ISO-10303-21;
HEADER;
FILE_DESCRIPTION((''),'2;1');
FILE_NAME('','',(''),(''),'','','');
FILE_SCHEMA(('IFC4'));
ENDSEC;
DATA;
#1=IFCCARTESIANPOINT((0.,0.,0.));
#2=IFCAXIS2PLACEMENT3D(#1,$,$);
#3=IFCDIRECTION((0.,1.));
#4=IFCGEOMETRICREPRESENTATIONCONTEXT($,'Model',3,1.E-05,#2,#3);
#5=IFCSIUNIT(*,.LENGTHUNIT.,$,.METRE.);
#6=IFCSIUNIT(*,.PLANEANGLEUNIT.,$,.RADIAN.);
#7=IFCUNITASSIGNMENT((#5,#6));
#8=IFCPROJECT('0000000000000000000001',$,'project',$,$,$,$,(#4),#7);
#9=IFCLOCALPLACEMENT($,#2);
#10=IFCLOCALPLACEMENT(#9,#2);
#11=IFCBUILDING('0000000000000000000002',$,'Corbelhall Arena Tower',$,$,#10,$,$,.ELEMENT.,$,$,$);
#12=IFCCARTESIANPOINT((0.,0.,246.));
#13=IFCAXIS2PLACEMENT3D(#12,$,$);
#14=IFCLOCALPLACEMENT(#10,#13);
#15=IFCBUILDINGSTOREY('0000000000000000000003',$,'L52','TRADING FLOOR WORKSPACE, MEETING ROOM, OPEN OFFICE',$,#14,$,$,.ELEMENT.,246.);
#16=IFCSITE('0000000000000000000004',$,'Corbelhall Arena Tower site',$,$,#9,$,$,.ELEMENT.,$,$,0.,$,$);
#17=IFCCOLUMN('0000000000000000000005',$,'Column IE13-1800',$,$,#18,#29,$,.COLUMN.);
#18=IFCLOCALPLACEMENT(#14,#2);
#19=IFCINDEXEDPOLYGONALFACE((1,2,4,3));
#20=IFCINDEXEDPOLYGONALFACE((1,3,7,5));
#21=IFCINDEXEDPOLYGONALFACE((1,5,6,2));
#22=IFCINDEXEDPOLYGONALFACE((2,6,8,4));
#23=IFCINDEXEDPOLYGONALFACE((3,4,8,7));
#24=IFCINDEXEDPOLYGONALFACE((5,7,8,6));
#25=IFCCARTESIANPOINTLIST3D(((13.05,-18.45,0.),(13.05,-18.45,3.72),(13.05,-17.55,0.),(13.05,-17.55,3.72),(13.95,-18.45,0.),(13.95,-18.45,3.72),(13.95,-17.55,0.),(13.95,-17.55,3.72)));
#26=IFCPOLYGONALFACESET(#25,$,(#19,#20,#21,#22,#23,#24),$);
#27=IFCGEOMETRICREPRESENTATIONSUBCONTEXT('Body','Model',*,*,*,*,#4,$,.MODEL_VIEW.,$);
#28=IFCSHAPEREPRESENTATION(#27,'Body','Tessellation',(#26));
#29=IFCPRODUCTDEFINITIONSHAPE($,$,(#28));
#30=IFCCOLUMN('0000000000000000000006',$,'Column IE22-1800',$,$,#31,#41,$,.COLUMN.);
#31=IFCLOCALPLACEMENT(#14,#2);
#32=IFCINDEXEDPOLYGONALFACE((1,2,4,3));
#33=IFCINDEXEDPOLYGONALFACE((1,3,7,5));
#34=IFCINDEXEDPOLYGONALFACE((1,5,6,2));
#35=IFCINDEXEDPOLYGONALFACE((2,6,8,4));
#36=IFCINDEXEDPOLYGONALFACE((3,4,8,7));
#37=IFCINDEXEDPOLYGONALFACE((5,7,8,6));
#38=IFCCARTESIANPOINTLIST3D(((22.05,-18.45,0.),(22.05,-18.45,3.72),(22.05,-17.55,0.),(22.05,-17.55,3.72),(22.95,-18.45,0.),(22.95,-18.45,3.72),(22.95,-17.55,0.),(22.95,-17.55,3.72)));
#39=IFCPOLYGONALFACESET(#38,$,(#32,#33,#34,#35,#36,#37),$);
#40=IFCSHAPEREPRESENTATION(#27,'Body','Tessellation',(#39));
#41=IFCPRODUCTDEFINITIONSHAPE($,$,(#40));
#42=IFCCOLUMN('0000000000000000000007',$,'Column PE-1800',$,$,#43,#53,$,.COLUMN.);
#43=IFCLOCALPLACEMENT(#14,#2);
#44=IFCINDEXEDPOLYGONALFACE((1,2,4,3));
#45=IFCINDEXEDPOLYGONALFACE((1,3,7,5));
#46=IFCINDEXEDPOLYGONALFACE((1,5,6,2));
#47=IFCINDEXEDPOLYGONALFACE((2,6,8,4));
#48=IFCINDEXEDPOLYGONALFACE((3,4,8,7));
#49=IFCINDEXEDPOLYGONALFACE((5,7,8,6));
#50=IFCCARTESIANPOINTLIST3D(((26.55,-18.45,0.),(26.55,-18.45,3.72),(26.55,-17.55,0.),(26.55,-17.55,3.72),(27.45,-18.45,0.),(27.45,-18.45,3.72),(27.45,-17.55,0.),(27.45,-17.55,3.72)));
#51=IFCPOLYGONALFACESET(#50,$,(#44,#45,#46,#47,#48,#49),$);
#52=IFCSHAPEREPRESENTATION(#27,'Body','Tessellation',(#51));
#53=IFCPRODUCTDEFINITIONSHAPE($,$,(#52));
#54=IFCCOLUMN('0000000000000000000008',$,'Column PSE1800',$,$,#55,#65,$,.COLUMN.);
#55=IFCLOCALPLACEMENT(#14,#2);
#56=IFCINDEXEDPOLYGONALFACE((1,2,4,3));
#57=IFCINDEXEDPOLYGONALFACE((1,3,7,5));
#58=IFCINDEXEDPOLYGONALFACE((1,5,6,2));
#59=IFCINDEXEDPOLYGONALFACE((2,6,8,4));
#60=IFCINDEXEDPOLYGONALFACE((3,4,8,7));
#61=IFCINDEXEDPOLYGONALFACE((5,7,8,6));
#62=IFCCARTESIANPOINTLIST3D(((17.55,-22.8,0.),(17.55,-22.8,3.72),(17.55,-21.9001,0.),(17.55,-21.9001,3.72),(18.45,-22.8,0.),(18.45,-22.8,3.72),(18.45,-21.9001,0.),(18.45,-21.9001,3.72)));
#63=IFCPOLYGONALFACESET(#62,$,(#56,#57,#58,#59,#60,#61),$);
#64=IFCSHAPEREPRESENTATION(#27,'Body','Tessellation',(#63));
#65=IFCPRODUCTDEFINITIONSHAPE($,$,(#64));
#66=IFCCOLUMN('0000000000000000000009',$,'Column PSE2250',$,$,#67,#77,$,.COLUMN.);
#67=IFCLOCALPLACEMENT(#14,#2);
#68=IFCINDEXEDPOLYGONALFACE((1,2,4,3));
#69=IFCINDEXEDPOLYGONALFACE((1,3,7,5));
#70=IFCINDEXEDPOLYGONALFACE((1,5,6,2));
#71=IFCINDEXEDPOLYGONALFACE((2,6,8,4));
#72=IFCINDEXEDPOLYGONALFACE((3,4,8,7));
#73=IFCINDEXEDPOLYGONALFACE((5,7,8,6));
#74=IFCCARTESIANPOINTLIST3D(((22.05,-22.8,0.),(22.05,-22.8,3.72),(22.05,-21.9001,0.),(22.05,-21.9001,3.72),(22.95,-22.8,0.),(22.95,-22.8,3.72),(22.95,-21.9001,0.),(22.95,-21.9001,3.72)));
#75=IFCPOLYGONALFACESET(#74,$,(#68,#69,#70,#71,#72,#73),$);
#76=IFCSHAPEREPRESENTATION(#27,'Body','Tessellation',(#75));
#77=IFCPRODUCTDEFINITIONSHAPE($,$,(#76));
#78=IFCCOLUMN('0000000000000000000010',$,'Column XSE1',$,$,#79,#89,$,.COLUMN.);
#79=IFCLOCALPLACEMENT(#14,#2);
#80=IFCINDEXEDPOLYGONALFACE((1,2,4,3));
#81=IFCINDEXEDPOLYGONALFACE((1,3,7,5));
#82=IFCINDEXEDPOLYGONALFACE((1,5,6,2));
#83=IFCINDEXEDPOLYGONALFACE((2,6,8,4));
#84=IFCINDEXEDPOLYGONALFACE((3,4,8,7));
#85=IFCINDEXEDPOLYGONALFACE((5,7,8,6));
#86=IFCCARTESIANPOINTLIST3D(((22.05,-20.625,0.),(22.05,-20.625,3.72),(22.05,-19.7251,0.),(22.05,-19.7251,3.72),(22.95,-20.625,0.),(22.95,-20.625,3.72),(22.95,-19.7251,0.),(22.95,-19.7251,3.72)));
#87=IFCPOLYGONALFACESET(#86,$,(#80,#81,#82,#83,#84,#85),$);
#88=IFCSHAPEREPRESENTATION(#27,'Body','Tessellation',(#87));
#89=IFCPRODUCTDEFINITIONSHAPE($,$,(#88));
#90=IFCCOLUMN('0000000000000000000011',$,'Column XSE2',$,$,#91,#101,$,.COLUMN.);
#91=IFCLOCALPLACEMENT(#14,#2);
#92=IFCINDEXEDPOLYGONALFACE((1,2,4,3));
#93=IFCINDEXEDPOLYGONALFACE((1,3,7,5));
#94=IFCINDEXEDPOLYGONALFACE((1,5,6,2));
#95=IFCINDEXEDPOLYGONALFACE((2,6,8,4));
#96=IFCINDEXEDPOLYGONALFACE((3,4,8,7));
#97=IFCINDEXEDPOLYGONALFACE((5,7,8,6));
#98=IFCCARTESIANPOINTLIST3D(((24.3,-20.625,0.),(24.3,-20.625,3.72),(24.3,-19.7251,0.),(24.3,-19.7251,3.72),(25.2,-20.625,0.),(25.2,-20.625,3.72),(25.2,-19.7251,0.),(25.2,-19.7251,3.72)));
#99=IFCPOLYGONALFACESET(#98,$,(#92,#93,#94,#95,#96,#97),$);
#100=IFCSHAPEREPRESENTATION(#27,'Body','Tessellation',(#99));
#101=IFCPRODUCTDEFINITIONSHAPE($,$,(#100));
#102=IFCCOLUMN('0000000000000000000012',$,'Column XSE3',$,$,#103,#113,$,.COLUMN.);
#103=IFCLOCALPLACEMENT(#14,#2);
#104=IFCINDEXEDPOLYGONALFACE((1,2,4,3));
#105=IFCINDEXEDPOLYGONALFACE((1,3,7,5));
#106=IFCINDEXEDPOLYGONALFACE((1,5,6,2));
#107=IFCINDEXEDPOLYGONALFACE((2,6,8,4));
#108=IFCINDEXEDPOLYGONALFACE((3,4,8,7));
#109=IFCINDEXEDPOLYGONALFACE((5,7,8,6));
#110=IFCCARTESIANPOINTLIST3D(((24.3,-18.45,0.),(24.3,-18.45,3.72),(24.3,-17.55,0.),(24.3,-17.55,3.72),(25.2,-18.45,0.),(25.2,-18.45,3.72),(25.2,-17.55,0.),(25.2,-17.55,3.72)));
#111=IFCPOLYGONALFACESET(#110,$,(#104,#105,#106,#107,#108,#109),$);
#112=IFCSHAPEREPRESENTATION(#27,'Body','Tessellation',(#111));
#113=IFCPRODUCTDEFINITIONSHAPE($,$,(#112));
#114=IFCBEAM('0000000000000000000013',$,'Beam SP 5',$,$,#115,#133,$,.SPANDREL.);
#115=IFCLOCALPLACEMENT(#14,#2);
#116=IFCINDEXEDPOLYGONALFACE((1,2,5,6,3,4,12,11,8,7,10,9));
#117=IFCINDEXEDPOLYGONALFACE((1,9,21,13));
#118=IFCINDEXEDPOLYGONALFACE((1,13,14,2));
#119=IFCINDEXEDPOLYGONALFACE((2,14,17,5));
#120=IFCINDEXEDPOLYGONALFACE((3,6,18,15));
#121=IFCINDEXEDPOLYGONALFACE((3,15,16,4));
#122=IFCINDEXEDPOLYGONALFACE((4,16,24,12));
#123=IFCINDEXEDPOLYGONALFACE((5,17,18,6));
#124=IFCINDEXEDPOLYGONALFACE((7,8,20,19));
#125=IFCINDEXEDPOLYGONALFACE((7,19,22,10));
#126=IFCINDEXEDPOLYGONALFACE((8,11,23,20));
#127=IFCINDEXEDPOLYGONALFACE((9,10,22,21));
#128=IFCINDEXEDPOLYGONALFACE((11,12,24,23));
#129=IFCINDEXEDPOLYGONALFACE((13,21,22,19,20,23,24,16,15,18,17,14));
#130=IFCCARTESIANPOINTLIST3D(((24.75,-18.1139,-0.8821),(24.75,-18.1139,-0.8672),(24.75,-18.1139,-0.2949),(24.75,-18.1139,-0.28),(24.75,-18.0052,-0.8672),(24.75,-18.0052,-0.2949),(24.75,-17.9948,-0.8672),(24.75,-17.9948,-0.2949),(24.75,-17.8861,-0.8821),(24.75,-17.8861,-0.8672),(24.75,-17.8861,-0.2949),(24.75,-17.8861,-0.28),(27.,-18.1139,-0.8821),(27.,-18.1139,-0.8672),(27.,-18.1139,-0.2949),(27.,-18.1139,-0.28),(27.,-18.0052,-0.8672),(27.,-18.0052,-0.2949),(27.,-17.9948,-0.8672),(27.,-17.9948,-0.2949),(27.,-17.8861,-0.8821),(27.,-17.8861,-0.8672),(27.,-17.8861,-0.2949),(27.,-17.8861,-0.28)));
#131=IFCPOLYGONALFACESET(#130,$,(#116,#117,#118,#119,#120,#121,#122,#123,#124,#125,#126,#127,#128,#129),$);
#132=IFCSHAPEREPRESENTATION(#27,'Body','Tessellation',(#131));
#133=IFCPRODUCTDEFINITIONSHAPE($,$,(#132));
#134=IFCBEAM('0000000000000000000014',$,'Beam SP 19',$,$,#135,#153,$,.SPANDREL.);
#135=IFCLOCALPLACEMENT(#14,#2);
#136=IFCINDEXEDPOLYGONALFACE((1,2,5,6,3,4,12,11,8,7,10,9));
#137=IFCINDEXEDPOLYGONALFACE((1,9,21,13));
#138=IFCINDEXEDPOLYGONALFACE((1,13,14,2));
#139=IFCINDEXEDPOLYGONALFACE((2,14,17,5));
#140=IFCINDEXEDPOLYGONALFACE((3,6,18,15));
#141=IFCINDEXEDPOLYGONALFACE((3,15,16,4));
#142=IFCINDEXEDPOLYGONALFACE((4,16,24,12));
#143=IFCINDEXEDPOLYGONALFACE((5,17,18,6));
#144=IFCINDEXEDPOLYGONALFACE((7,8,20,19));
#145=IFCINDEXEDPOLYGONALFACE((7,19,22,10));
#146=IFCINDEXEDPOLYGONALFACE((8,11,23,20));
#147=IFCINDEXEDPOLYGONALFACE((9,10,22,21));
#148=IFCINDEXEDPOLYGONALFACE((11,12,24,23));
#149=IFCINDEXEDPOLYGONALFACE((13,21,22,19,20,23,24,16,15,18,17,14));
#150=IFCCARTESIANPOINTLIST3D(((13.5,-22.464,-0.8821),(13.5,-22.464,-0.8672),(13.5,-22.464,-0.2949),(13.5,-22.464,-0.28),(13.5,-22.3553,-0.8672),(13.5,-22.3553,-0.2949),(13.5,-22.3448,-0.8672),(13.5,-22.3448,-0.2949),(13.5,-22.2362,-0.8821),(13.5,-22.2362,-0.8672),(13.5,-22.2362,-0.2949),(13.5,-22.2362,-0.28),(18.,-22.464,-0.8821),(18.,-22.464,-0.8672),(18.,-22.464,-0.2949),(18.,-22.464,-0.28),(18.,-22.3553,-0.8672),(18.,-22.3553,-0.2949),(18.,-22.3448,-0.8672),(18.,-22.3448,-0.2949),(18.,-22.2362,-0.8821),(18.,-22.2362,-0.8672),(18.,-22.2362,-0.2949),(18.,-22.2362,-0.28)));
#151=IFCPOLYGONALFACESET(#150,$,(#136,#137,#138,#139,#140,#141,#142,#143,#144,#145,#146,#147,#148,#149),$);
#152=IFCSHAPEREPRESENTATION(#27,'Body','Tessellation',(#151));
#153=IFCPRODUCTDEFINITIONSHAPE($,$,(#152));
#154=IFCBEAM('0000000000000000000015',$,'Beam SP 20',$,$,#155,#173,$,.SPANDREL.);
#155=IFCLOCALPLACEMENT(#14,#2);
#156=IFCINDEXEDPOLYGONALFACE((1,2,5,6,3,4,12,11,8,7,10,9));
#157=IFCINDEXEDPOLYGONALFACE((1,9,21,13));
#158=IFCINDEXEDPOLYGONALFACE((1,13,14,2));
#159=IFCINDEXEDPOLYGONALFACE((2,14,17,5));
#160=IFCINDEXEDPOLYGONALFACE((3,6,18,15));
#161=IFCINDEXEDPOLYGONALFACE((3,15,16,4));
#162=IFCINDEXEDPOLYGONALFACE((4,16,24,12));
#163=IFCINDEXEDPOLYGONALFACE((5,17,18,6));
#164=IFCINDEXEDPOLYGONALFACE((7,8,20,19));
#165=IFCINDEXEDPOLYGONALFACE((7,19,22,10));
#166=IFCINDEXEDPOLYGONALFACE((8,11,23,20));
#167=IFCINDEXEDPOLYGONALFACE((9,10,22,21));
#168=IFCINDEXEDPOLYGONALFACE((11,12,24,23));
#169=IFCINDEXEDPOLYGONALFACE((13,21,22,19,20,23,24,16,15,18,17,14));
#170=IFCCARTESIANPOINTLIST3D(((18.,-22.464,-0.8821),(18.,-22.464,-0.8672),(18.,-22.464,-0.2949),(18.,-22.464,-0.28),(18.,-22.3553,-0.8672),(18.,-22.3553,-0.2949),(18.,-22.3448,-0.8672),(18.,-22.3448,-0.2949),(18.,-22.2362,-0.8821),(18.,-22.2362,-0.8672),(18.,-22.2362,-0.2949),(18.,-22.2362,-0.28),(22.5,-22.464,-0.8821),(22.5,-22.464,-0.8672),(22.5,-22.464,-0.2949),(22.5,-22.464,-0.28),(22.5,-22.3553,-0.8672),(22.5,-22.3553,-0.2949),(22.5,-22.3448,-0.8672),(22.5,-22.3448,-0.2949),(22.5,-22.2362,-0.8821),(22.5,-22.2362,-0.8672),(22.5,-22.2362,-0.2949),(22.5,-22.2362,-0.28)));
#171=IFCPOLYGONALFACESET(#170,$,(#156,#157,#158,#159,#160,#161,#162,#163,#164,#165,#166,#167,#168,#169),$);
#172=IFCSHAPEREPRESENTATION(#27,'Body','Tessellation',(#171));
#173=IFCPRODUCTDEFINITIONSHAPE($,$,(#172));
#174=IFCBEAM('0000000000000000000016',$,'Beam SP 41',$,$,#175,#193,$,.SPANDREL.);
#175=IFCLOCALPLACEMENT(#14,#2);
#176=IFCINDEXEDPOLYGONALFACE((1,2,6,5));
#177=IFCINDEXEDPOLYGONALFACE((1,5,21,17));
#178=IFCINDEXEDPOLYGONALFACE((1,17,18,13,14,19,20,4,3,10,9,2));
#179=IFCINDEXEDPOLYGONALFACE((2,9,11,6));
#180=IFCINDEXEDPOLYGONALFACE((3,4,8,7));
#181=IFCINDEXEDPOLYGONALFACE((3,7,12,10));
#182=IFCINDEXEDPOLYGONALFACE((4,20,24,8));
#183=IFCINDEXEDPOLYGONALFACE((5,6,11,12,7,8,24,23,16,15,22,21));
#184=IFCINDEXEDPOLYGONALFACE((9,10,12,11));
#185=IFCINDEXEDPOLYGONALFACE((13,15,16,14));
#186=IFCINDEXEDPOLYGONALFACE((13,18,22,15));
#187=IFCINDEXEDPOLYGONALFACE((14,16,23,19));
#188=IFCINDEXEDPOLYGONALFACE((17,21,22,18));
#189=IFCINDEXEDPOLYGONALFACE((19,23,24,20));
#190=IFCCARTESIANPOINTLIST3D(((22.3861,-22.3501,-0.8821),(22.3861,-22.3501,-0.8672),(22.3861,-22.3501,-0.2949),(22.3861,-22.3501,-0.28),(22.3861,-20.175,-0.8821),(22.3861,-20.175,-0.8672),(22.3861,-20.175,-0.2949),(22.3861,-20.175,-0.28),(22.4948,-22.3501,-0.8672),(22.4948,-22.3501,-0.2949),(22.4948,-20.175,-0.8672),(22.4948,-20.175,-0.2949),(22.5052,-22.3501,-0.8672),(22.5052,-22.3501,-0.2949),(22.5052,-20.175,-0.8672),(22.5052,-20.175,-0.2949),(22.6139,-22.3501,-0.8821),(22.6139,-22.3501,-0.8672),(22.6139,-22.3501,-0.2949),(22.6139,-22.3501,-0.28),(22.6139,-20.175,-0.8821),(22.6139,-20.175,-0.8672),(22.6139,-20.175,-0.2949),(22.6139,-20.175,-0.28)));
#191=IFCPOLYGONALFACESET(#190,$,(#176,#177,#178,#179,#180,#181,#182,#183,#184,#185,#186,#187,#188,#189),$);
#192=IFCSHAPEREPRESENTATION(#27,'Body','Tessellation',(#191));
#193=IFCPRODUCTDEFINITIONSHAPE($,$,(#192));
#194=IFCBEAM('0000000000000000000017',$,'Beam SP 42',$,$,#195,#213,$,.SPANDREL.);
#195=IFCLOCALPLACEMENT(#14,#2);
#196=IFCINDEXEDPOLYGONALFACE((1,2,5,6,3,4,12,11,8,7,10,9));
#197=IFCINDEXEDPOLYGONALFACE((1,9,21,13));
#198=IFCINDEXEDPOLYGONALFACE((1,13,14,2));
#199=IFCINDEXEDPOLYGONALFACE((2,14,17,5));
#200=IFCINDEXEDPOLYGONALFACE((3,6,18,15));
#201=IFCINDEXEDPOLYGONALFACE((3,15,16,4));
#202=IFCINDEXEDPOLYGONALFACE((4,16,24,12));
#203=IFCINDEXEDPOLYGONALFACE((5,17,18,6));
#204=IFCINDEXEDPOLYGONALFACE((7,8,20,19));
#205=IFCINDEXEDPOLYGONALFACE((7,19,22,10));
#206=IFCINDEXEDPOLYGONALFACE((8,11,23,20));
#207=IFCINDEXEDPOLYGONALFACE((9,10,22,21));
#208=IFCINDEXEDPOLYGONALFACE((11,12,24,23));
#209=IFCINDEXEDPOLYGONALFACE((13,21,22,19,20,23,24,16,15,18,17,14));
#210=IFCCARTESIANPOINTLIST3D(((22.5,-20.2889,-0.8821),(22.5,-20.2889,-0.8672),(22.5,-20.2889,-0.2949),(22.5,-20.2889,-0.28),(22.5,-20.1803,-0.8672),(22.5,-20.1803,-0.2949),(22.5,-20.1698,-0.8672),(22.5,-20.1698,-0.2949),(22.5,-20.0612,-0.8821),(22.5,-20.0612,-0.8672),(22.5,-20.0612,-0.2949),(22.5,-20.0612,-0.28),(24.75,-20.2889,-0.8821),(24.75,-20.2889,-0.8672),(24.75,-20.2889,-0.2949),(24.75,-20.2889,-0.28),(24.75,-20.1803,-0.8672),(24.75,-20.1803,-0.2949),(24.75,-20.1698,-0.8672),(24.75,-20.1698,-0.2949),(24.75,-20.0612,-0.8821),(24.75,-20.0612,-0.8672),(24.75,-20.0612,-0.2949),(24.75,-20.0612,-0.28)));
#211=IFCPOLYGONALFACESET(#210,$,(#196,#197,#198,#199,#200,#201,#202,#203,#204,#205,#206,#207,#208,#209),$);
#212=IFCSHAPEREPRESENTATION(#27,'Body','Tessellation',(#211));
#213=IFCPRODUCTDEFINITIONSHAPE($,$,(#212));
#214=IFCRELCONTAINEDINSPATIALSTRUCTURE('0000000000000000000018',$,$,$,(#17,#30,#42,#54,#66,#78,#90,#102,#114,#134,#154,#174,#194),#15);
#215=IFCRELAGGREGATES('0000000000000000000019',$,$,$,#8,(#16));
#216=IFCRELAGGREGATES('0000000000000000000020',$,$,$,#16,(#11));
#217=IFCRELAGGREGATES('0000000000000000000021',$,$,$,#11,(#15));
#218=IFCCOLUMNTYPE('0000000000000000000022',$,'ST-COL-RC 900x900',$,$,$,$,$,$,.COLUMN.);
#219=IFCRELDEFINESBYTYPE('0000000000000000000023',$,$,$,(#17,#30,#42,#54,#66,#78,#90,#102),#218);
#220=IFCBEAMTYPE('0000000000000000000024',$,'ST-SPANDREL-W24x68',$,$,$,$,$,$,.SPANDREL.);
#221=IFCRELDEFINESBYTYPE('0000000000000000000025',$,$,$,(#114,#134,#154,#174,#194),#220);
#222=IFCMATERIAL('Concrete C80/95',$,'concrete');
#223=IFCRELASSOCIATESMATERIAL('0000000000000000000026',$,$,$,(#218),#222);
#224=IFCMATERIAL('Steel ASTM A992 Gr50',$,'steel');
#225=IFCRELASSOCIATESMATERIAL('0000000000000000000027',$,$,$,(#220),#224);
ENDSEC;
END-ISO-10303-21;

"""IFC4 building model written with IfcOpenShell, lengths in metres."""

from ifc_helpers import new_model, si_unit, direction, frame, origin, origin_2d, place, context, subcontext, project, spatial, rectangle, i_section, extrude, material, material_profile, profile_set, type_object, element, save


model = new_model("IFC4")

# Units and contexts
model_context = context("Model", 3, precision=1e-05, world=origin(), true_north=direction((0.0, 1.0)))
body_context = subcontext(model_context, "Body", "Model", "MODEL_VIEW")
ifc_project = project(units=[si_unit("LENGTHUNIT", "METRE"), si_unit("PLANEANGLEUNIT", "RADIAN")], contexts=[model_context])

# Site, building, storey
site_placement = place(None, origin())
site = spatial("IfcSite", under=ifc_project, at=site_placement, Name="Corbelhall Arena Tower site", CompositionType="ELEMENT", RefElevation=0.0)
building_placement = place(site_placement, origin())
building = spatial("IfcBuilding", under=site, at=building_placement, Name="Corbelhall Arena Tower", CompositionType="ELEMENT")
storey_placement = place(building_placement, frame((0.0, 0.0, 246.0)))
storey = spatial("IfcBuildingStorey", under=building, at=storey_placement, Name="L52", Description="TRADING FLOOR WORKSPACE, MEETING ROOM, OPEN OFFICE", CompositionType="ELEMENT", Elevation=246.0)

# Columns
ifc_material_1 = material(Name="Concrete C80/95", Category="concrete")
ifc_material_profile_1 = material_profile(ifc_material_1, rectangle(XDim=0.8999, YDim=0.8999, at=origin_2d()))
ifc_profile_set_1 = profile_set([ifc_material_profile_1], Name="Concrete C80/95")
column_type = type_object("IfcColumnType", Name="ST-COL-RC 900x900", PredefinedType="COLUMN", material=ifc_profile_set_1)
for number, where, z_axis, x_axis, name in (
    (1, (13.5, -18.0, 0.0), (0.0, 0.0, 1.0), (1.0, 0.0, 0.0), "Column IE13-1800"),
    (2, (22.5, -18.0, 0.0), (0.0, 0.0, 1.0), (1.0, 0.0, 0.0), "Column IE22-1800"),
    (3, (27.0, -18.0, 0.0), (0.0, 0.0, 1.0), (0.0, 1.0, 0.0), "Column PE-1800"),
    (4, (18.0, -22.3501, 0.0), (0.0, 0.0, 1.0), (1.0, 0.0, 0.0), "Column PSE1800"),
    (5, (22.5, -22.3501, 0.0), (0.0, 0.0, 1.0), (1.0, 0.0, 0.0), "Column PSE2250"),
    (6, (22.5, -20.175, 0.0), (0.0, 0.0, 1.0), (1.0, 0.0, 0.0), "Column XSE1"),
    (7, (24.75, -20.175, 0.0), (0.0, 0.0, 1.0), (1.0, 0.0, 0.0), "Column XSE2"),
    (8, (24.75, -18.0, 0.0), (0.0, 0.0, 1.0), (1.0, 0.0, 0.0), "Column XSE3"),
):
    element("IfcColumn", number, at=place(storey_placement, frame(where, z_axis=z_axis, x_axis=x_axis)), inside=storey, type_object=column_type, Name=name, PredefinedType="COLUMN", context=body_context, shape_type="SweptSolid", body=[
        extrude(rectangle(XDim=0.8999, YDim=0.8999, at=origin_2d()), origin(), (0.0, 0.0, 1.0), 3.72),
    ])

# Beams
ifc_material_2 = material(Name="Steel ASTM A992 Gr50", Category="steel")
ifc_material_profile_2 = material_profile(ifc_material_2, i_section(OverallWidth=0.2278, OverallDepth=0.6021, WebThickness=0.0105, FlangeThickness=0.0149, at=origin_2d()))
ifc_profile_set_2 = profile_set([ifc_material_profile_2], Name="Steel ASTM A992 Gr50")
beam_type = type_object("IfcBeamType", Name="ST-SPANDREL-W24x68", PredefinedType="SPANDREL", material=ifc_profile_set_2)
beam_1_placement = place(storey_placement, frame((27.0, -18.0, -0.5811), z_axis=(-1.0, 0.0, 0.0), x_axis=(0.0, -1.0, 0.0)))
element("IfcBeam", 9, at=beam_1_placement, inside=storey, type_object=beam_type, Name="Beam SP 5", PredefinedType="SPANDREL", context=body_context, shape_type="SweptSolid", body=[
    extrude(i_section(OverallWidth=0.2278, OverallDepth=0.6021, WebThickness=0.0105, FlangeThickness=0.0149, at=origin_2d()), origin(), (0.0, 0.0, 1.0), 2.25),
])
for number, where, z_axis, x_axis, name in (
    (10, (18.0, -22.3501, -0.5811), (-1.0, 0.0, 0.0), (0.0, -1.0, 0.0), "Beam SP 19"),
    (11, (22.5, -22.3501, -0.5811), (-1.0, 0.0, 0.0), (0.0, -1.0, 0.0), "Beam SP 20"),
):
    element("IfcBeam", number, at=place(storey_placement, frame(where, z_axis=z_axis, x_axis=x_axis)), inside=storey, type_object=beam_type, Name=name, PredefinedType="SPANDREL", context=body_context, shape_type="SweptSolid", body=[
        extrude(i_section(OverallWidth=0.2278, OverallDepth=0.6021, WebThickness=0.0105, FlangeThickness=0.0149, at=origin_2d()), origin(), (0.0, 0.0, 1.0), 4.5),
    ])
beam_2_placement = place(storey_placement, frame((22.5, -20.175, -0.5811), z_axis=(0.0, -1.0, 0.0), x_axis=(1.0, 0.0, 0.0)))
element("IfcBeam", 12, at=beam_2_placement, inside=storey, type_object=beam_type, Name="Beam SP 41", PredefinedType="SPANDREL", context=body_context, shape_type="SweptSolid", body=[
    extrude(i_section(OverallWidth=0.2278, OverallDepth=0.6021, WebThickness=0.0105, FlangeThickness=0.0149, at=origin_2d()), origin(), (0.0, 0.0, 1.0), 2.175),
])
beam_3_placement = place(storey_placement, frame((24.75, -20.175, -0.5811), z_axis=(-1.0, 0.0, 0.0), x_axis=(0.0, -1.0, 0.0)))
element("IfcBeam", 13, at=beam_3_placement, inside=storey, type_object=beam_type, Name="Beam SP 42", PredefinedType="SPANDREL", context=body_context, shape_type="SweptSolid", body=[
    extrude(i_section(OverallWidth=0.2278, OverallDepth=0.6021, WebThickness=0.0105, FlangeThickness=0.0149, at=origin_2d()), origin(), (0.0, 0.0, 1.0), 2.25),
])

save(model, "model.ifc")
